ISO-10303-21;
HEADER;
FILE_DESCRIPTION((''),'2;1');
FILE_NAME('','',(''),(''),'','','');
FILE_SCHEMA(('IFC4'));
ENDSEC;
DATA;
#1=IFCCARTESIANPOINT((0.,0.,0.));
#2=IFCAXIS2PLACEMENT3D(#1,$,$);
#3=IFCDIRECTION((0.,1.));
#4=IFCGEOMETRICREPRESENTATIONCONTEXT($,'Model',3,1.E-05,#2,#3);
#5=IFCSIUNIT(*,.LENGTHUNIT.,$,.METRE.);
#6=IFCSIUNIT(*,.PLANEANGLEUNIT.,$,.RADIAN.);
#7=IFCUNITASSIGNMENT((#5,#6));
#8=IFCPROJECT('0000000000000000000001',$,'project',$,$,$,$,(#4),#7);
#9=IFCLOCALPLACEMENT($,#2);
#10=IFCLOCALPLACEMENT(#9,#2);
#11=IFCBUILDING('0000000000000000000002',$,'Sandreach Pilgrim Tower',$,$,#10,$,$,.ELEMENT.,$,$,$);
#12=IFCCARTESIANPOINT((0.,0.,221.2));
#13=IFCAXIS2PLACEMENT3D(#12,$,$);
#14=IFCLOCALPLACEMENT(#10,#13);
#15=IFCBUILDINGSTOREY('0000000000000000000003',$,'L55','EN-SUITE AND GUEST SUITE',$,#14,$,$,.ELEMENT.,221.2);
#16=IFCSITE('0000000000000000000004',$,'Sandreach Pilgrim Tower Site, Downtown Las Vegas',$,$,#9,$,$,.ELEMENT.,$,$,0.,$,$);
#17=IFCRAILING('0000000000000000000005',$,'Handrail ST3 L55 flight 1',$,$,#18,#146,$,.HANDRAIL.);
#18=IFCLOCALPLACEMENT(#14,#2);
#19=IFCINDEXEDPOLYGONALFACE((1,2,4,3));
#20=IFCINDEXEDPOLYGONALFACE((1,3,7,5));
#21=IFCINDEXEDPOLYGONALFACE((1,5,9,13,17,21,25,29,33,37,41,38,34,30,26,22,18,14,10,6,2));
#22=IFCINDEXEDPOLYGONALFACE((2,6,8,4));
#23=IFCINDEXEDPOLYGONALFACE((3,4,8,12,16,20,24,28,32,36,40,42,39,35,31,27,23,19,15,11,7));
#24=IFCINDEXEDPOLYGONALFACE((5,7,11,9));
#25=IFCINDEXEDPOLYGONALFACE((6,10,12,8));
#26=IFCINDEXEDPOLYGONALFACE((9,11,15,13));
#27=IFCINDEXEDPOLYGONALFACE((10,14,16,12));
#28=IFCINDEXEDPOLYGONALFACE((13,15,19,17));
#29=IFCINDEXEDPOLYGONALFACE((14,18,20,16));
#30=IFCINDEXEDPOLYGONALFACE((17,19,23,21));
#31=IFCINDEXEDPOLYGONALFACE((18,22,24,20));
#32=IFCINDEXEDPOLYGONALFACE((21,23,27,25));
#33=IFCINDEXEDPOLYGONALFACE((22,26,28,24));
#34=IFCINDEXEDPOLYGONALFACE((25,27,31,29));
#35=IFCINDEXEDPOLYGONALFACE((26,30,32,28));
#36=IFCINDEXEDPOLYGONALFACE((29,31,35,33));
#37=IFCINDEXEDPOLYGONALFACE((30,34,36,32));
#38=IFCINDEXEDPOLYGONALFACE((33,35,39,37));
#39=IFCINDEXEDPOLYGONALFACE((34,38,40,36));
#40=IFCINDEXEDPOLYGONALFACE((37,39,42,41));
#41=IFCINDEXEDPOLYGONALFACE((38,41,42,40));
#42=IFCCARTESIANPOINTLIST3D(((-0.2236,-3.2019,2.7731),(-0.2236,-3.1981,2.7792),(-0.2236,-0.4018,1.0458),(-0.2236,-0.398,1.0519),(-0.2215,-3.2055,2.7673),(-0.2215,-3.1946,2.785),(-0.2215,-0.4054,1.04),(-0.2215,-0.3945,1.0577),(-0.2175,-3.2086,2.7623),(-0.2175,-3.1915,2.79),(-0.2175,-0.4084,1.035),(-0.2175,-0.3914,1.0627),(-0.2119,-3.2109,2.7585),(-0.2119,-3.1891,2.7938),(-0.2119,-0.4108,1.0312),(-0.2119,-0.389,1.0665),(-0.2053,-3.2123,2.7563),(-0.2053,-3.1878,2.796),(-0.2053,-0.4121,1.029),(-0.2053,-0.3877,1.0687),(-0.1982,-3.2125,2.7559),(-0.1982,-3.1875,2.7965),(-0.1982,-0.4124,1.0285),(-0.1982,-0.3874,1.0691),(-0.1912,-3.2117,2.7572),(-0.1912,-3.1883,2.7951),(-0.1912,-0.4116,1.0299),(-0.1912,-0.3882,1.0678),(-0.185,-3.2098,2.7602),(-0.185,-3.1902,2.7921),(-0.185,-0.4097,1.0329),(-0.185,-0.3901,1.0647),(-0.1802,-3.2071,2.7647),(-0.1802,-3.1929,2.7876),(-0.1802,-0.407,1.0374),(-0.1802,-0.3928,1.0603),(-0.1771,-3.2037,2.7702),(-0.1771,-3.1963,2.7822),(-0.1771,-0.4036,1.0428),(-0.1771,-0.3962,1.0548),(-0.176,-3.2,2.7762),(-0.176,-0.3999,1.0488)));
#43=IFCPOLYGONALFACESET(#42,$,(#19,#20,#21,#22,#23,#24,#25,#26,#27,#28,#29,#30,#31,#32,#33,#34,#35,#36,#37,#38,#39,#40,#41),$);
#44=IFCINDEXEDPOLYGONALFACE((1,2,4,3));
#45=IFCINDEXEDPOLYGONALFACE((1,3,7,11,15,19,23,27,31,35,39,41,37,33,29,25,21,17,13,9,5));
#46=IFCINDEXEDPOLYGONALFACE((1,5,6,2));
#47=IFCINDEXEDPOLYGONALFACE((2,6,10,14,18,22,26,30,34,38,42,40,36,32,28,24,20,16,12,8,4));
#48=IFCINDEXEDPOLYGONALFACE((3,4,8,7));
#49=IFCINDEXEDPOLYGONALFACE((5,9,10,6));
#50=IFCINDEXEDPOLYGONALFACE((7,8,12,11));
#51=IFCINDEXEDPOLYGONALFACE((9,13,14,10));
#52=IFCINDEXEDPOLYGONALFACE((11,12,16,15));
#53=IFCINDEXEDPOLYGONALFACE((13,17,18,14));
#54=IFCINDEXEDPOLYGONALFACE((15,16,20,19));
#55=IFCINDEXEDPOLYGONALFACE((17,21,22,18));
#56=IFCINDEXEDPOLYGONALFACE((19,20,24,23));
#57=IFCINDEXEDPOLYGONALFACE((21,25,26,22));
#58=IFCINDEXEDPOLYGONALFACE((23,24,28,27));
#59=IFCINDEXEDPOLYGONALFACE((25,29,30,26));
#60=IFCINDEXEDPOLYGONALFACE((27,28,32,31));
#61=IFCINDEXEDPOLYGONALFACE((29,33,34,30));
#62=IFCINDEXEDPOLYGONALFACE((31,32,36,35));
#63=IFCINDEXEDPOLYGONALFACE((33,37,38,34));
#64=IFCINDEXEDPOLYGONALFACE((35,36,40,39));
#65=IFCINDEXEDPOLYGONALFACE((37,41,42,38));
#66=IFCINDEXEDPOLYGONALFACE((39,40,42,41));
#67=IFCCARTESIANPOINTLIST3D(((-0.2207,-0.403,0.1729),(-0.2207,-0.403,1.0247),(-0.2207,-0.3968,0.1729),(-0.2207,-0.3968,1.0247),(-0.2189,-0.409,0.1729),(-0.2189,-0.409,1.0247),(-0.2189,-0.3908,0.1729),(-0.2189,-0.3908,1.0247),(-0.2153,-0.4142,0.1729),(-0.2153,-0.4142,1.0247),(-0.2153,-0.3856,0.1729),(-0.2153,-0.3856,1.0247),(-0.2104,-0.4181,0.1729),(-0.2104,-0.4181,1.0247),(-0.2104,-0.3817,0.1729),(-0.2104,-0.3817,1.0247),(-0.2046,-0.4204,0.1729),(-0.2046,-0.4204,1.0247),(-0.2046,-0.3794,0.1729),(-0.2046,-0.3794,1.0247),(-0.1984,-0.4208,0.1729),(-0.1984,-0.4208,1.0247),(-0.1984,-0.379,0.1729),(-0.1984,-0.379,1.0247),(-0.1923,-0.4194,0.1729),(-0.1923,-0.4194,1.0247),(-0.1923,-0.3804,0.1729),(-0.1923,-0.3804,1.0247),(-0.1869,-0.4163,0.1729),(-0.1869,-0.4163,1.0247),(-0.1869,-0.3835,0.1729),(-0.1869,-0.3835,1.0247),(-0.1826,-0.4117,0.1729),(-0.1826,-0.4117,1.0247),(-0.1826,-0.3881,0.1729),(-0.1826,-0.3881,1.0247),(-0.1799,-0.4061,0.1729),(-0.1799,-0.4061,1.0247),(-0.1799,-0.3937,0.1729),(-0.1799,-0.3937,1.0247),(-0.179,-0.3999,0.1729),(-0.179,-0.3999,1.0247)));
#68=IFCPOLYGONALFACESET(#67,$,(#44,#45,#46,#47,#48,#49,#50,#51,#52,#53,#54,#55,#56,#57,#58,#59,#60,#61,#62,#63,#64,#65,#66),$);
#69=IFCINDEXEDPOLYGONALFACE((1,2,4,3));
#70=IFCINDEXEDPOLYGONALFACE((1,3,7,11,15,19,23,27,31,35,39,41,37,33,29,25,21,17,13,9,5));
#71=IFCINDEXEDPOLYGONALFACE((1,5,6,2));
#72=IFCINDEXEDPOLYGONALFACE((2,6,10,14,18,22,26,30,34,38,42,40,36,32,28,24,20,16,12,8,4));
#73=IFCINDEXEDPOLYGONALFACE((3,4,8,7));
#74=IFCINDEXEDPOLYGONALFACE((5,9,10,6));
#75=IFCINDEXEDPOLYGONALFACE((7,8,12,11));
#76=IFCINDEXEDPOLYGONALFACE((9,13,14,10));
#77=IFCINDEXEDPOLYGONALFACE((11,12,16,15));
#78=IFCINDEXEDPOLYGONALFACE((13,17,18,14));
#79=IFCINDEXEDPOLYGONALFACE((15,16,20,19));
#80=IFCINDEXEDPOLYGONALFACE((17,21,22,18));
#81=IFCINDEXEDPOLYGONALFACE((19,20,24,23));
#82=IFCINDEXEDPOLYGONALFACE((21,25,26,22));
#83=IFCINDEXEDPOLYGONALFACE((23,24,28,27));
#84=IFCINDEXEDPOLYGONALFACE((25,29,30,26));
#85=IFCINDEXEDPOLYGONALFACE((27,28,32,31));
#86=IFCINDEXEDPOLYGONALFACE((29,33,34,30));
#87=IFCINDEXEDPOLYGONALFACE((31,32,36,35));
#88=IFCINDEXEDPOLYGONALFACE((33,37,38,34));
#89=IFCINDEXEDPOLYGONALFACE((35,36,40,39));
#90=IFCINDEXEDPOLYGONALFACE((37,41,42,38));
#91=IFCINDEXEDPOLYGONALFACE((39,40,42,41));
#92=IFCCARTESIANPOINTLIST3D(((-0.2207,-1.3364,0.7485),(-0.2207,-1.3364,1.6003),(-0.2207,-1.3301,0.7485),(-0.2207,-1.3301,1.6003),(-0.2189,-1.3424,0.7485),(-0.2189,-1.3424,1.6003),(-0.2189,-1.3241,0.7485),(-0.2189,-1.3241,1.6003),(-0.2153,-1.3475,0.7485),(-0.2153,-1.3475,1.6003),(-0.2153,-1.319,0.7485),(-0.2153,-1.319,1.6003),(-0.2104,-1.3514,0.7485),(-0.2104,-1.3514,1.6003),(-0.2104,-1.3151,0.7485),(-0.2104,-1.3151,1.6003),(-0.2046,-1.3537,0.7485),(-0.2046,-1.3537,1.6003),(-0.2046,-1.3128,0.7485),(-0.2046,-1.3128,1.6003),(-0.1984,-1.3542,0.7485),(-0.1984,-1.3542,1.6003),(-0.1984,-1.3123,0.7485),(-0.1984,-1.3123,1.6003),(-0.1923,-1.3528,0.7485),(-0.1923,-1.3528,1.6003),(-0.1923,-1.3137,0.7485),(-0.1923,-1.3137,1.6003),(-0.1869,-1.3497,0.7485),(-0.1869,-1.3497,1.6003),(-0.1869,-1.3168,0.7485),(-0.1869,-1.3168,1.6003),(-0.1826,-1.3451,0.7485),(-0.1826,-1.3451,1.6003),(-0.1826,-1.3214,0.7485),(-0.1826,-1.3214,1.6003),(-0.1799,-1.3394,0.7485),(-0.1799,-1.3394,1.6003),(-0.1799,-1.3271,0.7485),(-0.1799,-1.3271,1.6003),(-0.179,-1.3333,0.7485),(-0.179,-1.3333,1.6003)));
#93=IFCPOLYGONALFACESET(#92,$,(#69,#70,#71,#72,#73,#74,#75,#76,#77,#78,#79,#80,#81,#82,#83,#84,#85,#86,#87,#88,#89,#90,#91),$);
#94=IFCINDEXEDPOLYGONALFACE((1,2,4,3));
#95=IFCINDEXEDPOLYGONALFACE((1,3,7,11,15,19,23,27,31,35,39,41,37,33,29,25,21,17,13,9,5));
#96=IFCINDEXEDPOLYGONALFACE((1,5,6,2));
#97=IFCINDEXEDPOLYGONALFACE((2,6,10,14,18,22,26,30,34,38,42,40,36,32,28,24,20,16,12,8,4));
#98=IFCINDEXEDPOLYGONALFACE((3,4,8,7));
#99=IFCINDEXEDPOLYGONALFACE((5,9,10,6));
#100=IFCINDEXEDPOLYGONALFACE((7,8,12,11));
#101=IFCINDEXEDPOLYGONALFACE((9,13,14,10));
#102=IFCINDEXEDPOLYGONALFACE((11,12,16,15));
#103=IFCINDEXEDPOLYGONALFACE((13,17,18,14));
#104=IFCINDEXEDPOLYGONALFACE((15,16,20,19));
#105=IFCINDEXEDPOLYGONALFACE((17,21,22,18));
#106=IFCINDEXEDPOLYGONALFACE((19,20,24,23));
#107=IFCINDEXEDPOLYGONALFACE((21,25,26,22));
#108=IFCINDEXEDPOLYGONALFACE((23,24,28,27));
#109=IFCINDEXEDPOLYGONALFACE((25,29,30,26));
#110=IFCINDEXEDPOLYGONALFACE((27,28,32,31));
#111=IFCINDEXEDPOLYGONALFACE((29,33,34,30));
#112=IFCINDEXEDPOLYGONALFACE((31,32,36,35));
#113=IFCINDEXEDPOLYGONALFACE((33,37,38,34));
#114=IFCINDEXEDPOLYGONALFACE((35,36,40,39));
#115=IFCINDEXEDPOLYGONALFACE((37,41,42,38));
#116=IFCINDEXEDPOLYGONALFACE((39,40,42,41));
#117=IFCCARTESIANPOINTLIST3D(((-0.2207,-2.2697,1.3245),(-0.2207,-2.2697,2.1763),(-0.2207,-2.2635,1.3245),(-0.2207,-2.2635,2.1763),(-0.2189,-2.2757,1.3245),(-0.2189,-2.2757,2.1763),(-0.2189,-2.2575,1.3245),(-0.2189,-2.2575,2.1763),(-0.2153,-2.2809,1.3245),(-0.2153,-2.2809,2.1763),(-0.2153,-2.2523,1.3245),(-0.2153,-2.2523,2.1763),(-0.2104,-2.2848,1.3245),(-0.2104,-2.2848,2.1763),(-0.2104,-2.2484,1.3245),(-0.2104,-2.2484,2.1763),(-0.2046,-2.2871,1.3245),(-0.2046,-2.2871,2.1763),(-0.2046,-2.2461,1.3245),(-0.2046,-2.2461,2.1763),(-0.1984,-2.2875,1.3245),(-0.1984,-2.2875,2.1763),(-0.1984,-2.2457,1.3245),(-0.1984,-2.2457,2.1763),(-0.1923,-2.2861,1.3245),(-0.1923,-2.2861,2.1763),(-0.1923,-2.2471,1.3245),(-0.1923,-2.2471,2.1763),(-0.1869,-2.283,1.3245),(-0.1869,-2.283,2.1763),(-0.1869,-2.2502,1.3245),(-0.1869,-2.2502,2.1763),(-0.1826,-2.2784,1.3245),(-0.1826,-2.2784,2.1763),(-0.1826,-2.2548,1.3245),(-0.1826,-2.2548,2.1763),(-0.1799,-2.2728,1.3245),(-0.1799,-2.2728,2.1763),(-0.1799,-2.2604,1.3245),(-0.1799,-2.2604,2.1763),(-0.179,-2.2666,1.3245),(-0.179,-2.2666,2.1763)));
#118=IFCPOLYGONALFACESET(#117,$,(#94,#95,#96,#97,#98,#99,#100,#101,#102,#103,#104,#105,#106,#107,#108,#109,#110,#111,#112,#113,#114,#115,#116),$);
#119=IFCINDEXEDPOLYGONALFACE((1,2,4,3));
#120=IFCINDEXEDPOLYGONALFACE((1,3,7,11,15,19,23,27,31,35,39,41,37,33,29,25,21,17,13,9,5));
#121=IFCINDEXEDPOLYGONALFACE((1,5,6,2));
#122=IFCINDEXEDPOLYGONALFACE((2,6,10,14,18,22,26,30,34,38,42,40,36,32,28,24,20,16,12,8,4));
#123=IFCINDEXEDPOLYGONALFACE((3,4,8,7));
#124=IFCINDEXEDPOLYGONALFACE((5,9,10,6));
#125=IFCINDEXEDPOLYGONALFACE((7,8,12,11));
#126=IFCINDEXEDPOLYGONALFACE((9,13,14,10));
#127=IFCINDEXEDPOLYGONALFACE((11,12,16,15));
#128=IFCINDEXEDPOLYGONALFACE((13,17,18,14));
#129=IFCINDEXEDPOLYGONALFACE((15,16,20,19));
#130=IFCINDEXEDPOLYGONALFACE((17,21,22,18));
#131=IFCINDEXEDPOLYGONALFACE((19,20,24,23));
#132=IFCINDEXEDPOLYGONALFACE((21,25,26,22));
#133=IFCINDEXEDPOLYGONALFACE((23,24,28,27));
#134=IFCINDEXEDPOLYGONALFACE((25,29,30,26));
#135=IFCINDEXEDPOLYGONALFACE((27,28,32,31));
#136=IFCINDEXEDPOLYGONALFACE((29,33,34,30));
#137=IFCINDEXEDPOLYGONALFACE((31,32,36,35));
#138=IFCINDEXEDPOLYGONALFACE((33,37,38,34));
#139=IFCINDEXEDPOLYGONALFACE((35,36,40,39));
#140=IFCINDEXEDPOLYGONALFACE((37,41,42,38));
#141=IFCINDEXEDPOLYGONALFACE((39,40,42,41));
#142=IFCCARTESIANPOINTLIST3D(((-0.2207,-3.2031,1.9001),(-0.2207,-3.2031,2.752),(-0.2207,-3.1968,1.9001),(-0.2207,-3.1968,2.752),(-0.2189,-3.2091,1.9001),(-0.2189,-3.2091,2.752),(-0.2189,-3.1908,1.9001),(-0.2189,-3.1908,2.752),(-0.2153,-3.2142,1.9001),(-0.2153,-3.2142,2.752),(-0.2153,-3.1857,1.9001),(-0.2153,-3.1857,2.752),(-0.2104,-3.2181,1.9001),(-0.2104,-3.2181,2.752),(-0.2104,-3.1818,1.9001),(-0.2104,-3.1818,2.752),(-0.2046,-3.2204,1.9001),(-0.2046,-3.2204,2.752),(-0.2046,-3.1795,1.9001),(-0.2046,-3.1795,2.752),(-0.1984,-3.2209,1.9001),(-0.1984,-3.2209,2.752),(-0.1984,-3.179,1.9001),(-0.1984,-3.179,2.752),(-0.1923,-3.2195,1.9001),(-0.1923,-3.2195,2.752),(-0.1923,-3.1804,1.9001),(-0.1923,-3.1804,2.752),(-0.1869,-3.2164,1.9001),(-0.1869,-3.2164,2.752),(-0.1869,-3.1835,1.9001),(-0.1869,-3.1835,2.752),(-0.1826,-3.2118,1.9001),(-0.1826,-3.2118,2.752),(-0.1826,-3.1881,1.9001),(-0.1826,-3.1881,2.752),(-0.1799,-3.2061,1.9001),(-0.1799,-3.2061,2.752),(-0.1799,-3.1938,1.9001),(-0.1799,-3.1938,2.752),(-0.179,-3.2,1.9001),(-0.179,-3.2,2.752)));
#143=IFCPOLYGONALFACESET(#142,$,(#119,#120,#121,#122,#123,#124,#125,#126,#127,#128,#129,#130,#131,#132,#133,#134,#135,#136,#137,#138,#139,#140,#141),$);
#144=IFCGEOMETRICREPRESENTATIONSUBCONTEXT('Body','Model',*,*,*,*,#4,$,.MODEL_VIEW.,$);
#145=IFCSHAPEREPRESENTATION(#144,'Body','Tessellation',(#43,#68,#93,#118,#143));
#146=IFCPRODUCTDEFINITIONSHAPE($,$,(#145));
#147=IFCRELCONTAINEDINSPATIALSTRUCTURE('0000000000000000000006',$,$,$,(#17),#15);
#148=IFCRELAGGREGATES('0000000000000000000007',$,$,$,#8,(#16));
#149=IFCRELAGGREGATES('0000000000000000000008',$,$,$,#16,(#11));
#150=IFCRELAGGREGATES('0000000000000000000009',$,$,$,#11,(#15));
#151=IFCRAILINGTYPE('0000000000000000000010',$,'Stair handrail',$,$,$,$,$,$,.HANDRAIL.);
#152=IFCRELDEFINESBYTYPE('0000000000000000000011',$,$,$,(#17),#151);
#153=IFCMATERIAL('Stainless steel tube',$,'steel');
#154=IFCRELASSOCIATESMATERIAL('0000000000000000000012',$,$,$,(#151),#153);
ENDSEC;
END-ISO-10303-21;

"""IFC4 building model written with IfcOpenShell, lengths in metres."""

from ifc_helpers import new_model, si_unit, direction, frame, origin, origin_2d, place, context, subcontext, project, spatial, circle, extrude, material, type_object, element, save


model = new_model("IFC4")

# Units and contexts
model_context = context("Model", 3, precision=1e-05, world=origin(), true_north=direction((0.0, 1.0)))
body_context = subcontext(model_context, "Body", "Model", "MODEL_VIEW")
ifc_project = project(units=[si_unit("LENGTHUNIT", "METRE"), si_unit("PLANEANGLEUNIT", "RADIAN")], contexts=[model_context])

# Site, building, storey
site_placement = place(None, origin())
site = spatial("IfcSite", under=ifc_project, at=site_placement, Name="Sandreach Pilgrim Tower Site, Downtown Las Vegas", CompositionType="ELEMENT", RefElevation=0.0)
building_placement = place(site_placement, origin())
building = spatial("IfcBuilding", under=site, at=building_placement, Name="Sandreach Pilgrim Tower", CompositionType="ELEMENT")
storey_placement = place(building_placement, frame((0.0, 0.0, 221.2)))
storey = spatial("IfcBuildingStorey", under=building, at=storey_placement, Name="L55", Description="EN-SUITE AND GUEST SUITE", CompositionType="ELEMENT", Elevation=221.2)

# Railing
ifc_material_1 = material(Name="Stainless steel tube", Category="steel")
railing_type = type_object("IfcRailingType", Name="Stair handrail", PredefinedType="HANDRAIL", material=ifc_material_1)
for number, where, name in (
    (1, (-0.2, -0.3999, 0.1729), "Handrail ST3 L55 flight 1"),
):
    element("IfcRailing", number, at=place(storey_placement, frame(where)), inside=storey, type_object=railing_type, Name=name, PredefinedType="HANDRAIL", context=body_context, shape_type="SweptSolid", body=[
        extrude(circle(Radius=0.0239, at=origin_2d()), frame((0.0, 0.0, 0.876), z_axis=(0.0, -0.85109, 0.52502), x_axis=(1.0, 0.0, 0.0)), (0.0, 0.0, 1.0), 3.29),
        extrude(circle(Radius=0.021, at=origin_2d()), origin(), (0.0, 0.0, 1.0), 0.8518),
        extrude(circle(Radius=0.021, at=origin_2d()), frame((0.0, -0.9333, 0.5757)), (0.0, 0.0, 1.0), 0.8518),
        extrude(circle(Radius=0.021, at=origin_2d()), frame((0.0, -1.8667, 1.1516)), (0.0, 0.0, 1.0), 0.8518),
        extrude(circle(Radius=0.021, at=origin_2d()), frame((0.0, -2.8, 1.7273)), (0.0, 0.0, 1.0), 0.8518),
    ])

save(model, "model.ifc")
